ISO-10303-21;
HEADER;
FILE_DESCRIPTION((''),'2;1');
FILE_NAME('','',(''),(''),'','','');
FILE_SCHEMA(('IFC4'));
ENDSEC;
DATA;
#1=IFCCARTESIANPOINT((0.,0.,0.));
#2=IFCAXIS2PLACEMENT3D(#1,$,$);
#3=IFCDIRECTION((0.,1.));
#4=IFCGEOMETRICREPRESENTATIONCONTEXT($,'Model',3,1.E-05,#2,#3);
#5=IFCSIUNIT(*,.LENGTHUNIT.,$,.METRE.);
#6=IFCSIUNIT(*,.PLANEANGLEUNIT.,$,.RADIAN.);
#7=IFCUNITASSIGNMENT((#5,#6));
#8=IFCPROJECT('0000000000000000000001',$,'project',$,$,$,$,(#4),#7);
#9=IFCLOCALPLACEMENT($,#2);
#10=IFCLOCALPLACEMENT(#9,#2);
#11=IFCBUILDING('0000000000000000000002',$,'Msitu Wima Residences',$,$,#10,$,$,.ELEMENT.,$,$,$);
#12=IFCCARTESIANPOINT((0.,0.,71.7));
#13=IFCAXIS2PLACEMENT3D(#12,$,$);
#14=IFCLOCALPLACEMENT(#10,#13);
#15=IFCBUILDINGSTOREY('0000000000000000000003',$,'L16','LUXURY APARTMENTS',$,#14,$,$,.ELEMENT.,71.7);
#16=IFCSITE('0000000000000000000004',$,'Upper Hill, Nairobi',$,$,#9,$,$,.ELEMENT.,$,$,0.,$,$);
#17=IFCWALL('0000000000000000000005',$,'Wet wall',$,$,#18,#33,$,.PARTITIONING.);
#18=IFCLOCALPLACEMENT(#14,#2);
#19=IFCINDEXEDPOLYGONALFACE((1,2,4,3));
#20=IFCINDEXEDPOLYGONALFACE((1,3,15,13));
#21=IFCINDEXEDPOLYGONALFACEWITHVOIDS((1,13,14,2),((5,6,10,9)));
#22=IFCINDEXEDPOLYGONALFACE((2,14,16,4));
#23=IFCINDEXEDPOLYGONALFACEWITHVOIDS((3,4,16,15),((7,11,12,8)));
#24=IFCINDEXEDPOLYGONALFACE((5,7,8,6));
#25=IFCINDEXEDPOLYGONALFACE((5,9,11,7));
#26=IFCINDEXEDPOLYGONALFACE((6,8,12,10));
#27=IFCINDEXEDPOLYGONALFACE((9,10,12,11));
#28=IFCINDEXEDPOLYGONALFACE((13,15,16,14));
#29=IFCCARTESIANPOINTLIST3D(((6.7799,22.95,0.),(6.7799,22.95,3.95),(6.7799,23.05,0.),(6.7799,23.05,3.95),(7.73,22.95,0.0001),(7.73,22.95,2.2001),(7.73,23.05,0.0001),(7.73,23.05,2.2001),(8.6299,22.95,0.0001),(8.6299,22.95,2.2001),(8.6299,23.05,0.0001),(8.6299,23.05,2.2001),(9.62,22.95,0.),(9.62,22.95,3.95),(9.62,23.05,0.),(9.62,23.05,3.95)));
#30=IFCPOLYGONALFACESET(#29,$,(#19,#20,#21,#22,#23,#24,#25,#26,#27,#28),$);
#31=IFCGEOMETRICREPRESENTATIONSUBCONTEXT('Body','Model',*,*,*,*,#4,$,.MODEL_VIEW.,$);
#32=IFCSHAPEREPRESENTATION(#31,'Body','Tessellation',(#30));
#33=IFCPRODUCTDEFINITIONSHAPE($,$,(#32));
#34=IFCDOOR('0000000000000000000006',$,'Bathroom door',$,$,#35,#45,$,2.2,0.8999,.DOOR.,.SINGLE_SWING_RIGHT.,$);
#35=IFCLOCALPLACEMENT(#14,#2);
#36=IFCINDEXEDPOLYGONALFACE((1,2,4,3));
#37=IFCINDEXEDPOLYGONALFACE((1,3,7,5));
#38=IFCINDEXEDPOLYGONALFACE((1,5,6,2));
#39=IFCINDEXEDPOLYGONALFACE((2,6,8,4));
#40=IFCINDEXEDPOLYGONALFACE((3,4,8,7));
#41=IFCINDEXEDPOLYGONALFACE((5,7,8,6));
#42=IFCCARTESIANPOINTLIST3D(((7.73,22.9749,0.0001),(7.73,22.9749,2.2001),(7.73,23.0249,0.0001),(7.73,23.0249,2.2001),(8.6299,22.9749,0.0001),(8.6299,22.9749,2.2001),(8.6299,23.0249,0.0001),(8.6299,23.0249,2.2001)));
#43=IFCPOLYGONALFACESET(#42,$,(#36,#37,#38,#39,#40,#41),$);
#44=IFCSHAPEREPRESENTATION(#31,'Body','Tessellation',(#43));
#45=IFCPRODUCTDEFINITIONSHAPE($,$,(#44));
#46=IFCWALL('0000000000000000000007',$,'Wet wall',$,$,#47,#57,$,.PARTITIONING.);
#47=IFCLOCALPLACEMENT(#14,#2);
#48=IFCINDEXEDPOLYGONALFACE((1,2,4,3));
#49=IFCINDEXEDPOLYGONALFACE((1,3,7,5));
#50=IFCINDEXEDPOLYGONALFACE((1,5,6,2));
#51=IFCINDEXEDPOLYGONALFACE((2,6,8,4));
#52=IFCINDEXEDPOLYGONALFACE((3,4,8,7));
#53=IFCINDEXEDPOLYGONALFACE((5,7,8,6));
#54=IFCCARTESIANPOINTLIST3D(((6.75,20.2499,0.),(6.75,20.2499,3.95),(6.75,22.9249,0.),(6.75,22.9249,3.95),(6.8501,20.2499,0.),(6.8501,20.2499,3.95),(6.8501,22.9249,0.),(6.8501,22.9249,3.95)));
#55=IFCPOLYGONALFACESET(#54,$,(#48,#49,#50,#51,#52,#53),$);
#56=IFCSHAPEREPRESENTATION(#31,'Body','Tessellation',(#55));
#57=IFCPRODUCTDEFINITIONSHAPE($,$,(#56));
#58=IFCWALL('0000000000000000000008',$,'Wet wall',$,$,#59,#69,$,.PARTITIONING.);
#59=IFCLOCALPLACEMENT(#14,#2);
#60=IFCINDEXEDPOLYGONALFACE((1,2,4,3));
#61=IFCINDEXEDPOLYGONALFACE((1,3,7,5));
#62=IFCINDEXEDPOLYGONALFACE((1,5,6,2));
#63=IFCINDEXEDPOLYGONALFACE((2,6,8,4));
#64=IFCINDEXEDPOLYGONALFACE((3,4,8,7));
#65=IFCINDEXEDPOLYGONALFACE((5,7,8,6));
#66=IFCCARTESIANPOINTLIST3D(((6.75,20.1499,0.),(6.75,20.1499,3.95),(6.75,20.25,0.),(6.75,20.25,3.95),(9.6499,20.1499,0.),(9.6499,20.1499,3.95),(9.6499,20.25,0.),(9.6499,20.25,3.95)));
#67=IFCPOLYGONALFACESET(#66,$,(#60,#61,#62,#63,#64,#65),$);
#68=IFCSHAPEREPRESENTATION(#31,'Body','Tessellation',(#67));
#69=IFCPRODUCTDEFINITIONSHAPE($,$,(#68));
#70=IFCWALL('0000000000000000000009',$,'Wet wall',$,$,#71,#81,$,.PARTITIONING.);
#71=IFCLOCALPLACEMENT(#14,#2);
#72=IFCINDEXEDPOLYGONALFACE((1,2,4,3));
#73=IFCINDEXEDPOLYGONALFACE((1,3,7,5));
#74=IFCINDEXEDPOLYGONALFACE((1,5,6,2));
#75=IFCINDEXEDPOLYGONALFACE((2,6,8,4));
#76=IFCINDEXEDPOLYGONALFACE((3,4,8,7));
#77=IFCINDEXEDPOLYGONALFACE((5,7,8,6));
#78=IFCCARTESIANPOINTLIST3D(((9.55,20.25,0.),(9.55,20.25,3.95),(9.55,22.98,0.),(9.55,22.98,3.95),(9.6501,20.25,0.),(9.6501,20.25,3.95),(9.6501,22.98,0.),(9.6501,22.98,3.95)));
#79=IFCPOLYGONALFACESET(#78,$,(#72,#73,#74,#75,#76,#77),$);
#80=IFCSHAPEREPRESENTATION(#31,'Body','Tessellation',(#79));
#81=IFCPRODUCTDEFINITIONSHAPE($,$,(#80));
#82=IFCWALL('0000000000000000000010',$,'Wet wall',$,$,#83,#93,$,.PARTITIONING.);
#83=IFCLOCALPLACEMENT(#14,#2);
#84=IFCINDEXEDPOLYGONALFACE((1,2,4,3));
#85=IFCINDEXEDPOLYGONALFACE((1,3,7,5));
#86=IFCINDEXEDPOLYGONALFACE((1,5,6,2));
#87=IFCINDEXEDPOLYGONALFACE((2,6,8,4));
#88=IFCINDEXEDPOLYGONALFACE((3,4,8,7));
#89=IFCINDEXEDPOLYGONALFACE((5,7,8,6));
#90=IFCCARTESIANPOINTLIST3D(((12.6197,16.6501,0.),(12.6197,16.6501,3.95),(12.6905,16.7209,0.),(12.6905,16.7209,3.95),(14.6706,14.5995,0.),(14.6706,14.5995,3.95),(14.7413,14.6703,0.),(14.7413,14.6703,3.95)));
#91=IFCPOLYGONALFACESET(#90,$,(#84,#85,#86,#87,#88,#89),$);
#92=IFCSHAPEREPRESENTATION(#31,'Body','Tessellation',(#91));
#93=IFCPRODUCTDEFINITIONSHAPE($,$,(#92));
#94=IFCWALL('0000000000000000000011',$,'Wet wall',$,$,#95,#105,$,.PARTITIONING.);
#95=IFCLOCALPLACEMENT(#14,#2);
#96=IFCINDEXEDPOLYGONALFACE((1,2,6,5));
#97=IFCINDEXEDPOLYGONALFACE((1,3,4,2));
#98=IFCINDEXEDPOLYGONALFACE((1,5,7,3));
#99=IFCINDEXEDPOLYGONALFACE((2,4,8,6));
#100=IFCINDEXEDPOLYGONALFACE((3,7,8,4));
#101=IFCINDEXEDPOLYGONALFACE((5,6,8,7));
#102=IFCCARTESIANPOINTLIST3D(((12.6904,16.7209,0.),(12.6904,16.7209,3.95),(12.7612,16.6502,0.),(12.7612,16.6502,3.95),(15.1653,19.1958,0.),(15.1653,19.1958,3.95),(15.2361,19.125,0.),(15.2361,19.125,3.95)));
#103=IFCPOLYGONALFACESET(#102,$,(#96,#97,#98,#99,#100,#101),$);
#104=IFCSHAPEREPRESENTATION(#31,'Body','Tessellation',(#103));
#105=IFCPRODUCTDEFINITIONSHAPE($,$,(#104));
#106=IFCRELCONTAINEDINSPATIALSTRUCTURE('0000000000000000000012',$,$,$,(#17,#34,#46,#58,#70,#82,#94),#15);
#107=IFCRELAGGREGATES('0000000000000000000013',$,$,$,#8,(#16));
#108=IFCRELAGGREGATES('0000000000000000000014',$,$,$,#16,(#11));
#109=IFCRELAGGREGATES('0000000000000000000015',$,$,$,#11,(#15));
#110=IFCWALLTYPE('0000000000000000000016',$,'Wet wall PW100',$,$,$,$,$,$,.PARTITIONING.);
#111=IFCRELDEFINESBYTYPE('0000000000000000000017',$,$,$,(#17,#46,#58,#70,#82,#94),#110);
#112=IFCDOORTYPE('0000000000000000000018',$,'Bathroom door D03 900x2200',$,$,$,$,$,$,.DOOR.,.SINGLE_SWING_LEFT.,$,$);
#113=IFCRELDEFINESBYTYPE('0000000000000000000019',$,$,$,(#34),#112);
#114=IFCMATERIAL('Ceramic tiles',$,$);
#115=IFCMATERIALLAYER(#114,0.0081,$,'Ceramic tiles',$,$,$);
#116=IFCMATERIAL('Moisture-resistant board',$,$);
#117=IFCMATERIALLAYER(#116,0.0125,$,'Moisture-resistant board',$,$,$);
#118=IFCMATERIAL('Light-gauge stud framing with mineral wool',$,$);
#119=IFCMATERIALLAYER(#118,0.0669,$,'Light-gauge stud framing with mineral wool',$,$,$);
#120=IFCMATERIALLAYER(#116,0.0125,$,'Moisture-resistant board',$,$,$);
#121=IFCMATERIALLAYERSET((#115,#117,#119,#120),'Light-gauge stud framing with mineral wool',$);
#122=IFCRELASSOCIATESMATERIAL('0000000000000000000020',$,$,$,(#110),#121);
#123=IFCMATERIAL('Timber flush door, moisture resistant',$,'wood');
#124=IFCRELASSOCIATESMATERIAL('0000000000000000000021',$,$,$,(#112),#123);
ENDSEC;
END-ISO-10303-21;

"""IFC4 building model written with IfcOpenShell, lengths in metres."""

from ifc_helpers import new_model, si_unit, direction, frame, frame_2d, origin, place, context, subcontext, project, spatial, rectangle, extrude, material, layer, layer_set, type_object, element, fill, save


model = new_model("IFC4")

# Units and contexts
model_context = context("Model", 3, precision=1e-05, world=origin(), true_north=direction((0.0, 1.0)))
body_context = subcontext(model_context, "Body", "Model", "MODEL_VIEW")
ifc_project = project(units=[si_unit("LENGTHUNIT", "METRE"), si_unit("PLANEANGLEUNIT", "RADIAN")], contexts=[model_context])

# Site, building, storey
site_placement = place(None, origin())
site = spatial("IfcSite", under=ifc_project, at=site_placement, Name="Upper Hill, Nairobi", CompositionType="ELEMENT", RefElevation=0.0)
building_placement = place(site_placement, origin())
building = spatial("IfcBuilding", under=site, at=building_placement, Name="Msitu Wima Residences", CompositionType="ELEMENT")
storey_placement = place(building_placement, frame((0.0, 0.0, 71.7)))
storey = spatial("IfcBuildingStorey", under=building, at=storey_placement, Name="L16", Description="LUXURY APARTMENTS", CompositionType="ELEMENT", Elevation=71.7)

# Wall, opening, door
ifc_material_1 = material(Name="Ceramic tiles")
ifc_layer_1 = layer(ifc_material_1, 0.0081, Name="Ceramic tiles")
ifc_material_2 = material(Name="Moisture-resistant board")
ifc_layer_2 = layer(ifc_material_2, 0.0125, Name="Moisture-resistant board")
ifc_material_3 = material(Name="Light-gauge stud framing with mineral wool")
ifc_layer_3 = layer(ifc_material_3, 0.0669, Name="Light-gauge stud framing with mineral wool")
ifc_layer_4 = layer(ifc_material_2, 0.0125, Name="Moisture-resistant board")
ifc_layer_set_1 = layer_set([ifc_layer_1, ifc_layer_2, ifc_layer_3, ifc_layer_4], Name="Light-gauge stud framing with mineral wool")
wall_type_1 = type_object("IfcWallType", Name="Wet wall PW100", PredefinedType="PARTITIONING", material=ifc_layer_set_1)
wall_1_placement = place(storey_placement, frame((6.78, 23.0, 0.0), z_axis=(0.0, 0.0, 1.0), x_axis=(1.0, 0.0, 0.0)))
wall_1 = element("IfcWall", 1, at=wall_1_placement, inside=storey, type_object=wall_type_1, Name="Wet wall", PredefinedType="PARTITIONING", context=body_context, shape_type="SweptSolid", body=[
    extrude(rectangle(XDim=2.8401, YDim=0.1001, at=frame_2d((1.4199, 0.0))), origin(), (0.0, 0.0, 1.0), 3.95),
])
opening_1_placement = place(wall_1_placement, frame((0.95, 0.0, 0.0)))
opening_1 = element("IfcOpeningElement", 2, at=opening_1_placement, cuts=wall_1, PredefinedType="OPENING", context=body_context, shape_type="SweptSolid", body=[
    extrude(rectangle(XDim=0.8999, YDim=2.2, at=frame_2d((0.45, 1.1001))), frame((0.0, 0.0601, 0.0), z_axis=(0.0, -1.0, 0.0), x_axis=(1.0, 0.0, 0.0)), (0.0, 0.0, 1.0), 0.1201),
])
ifc_material_4 = material(Name="Timber flush door, moisture resistant", Category="wood")
door_type_1 = type_object("IfcDoorType", Name="Bathroom door D03 900x2200", OperationType="SINGLE_SWING_LEFT", PredefinedType="DOOR", material=ifc_material_4)
door_1_placement = place(opening_1_placement, origin())
door_1 = element("IfcDoor", 3, at=door_1_placement, inside=storey, type_object=door_type_1, Name="Bathroom door", OperationType="SINGLE_SWING_RIGHT", OverallHeight=2.2, OverallWidth=0.8999, PredefinedType="DOOR", context=body_context, shape_type="SweptSolid", body=[
    extrude(rectangle(XDim=0.8999, YDim=2.2, at=frame_2d((0.45, 1.1001))), frame((0.0, 0.0249, 0.0), z_axis=(0.0, -1.0, 0.0), x_axis=(1.0, 0.0, 0.0)), (0.0, 0.0, 1.0), 0.05),
])
fill(opening_1, door_1)

# Walls
wall_2_placement = place(storey_placement, frame((6.8, 20.25, 0.0), z_axis=(0.0, 0.0, 1.0), x_axis=(0.0, 1.0, 0.0)))
element("IfcWall", 4, at=wall_2_placement, inside=storey, type_object=wall_type_1, Name="Wet wall", PredefinedType="PARTITIONING", context=body_context, shape_type="SweptSolid", body=[
    extrude(rectangle(XDim=2.675, YDim=0.1001, at=frame_2d((1.3374, 0.0))), origin(), (0.0, 0.0, 1.0), 3.95),
])
wall_3_placement = place(storey_placement, frame((6.75, 20.2, 0.0), z_axis=(0.0, 0.0, 1.0), x_axis=(1.0, 0.0, 0.0)))
element("IfcWall", 5, at=wall_3_placement, inside=storey, type_object=wall_type_1, Name="Wet wall", PredefinedType="PARTITIONING", context=body_context, shape_type="SweptSolid", body=[
    extrude(rectangle(XDim=2.8999, YDim=0.1001, at=frame_2d((1.45, 0.0))), origin(), (0.0, 0.0, 1.0), 3.95),
])
wall_4_placement = place(storey_placement, frame((9.6001, 20.25, 0.0), z_axis=(0.0, 0.0, 1.0), x_axis=(0.0, 1.0, 0.0)))
element("IfcWall", 6, at=wall_4_placement, inside=storey, type_object=wall_type_1, Name="Wet wall", PredefinedType="PARTITIONING", context=body_context, shape_type="SweptSolid", body=[
    extrude(rectangle(XDim=2.73, YDim=0.1001, at=frame_2d((1.365, 0.0))), origin(), (0.0, 0.0, 1.0), 3.95),
])
wall_5_placement = place(storey_placement, frame((12.655, 16.6855, 0.0), z_axis=(0.0, 0.0, 1.0), x_axis=(0.707149, -0.707065, 0.0)))
element("IfcWall", 7, at=wall_5_placement, inside=storey, type_object=wall_type_1, Name="Wet wall", PredefinedType="PARTITIONING", context=body_context, shape_type="SweptSolid", body=[
    extrude(rectangle(XDim=2.9001, YDim=0.1001, at=frame_2d((1.4502, 0.0))), origin(), (0.0, 0.0, 1.0), 3.95),
])
wall_6_placement = place(storey_placement, frame((12.7258, 16.6855, 0.0), z_axis=(0.0, 0.0, 1.0), x_axis=(0.707107, 0.707107, 0.0)))
element("IfcWall", 8, at=wall_6_placement, inside=storey, type_object=wall_type_1, Name="Wet wall", PredefinedType="PARTITIONING", context=body_context, shape_type="SweptSolid", body=[
    extrude(rectangle(XDim=3.5, YDim=0.1001, at=frame_2d((1.75, 0.0))), origin(), (0.0, 0.0, 1.0), 3.95),
])

save(model, "model.ifc")
